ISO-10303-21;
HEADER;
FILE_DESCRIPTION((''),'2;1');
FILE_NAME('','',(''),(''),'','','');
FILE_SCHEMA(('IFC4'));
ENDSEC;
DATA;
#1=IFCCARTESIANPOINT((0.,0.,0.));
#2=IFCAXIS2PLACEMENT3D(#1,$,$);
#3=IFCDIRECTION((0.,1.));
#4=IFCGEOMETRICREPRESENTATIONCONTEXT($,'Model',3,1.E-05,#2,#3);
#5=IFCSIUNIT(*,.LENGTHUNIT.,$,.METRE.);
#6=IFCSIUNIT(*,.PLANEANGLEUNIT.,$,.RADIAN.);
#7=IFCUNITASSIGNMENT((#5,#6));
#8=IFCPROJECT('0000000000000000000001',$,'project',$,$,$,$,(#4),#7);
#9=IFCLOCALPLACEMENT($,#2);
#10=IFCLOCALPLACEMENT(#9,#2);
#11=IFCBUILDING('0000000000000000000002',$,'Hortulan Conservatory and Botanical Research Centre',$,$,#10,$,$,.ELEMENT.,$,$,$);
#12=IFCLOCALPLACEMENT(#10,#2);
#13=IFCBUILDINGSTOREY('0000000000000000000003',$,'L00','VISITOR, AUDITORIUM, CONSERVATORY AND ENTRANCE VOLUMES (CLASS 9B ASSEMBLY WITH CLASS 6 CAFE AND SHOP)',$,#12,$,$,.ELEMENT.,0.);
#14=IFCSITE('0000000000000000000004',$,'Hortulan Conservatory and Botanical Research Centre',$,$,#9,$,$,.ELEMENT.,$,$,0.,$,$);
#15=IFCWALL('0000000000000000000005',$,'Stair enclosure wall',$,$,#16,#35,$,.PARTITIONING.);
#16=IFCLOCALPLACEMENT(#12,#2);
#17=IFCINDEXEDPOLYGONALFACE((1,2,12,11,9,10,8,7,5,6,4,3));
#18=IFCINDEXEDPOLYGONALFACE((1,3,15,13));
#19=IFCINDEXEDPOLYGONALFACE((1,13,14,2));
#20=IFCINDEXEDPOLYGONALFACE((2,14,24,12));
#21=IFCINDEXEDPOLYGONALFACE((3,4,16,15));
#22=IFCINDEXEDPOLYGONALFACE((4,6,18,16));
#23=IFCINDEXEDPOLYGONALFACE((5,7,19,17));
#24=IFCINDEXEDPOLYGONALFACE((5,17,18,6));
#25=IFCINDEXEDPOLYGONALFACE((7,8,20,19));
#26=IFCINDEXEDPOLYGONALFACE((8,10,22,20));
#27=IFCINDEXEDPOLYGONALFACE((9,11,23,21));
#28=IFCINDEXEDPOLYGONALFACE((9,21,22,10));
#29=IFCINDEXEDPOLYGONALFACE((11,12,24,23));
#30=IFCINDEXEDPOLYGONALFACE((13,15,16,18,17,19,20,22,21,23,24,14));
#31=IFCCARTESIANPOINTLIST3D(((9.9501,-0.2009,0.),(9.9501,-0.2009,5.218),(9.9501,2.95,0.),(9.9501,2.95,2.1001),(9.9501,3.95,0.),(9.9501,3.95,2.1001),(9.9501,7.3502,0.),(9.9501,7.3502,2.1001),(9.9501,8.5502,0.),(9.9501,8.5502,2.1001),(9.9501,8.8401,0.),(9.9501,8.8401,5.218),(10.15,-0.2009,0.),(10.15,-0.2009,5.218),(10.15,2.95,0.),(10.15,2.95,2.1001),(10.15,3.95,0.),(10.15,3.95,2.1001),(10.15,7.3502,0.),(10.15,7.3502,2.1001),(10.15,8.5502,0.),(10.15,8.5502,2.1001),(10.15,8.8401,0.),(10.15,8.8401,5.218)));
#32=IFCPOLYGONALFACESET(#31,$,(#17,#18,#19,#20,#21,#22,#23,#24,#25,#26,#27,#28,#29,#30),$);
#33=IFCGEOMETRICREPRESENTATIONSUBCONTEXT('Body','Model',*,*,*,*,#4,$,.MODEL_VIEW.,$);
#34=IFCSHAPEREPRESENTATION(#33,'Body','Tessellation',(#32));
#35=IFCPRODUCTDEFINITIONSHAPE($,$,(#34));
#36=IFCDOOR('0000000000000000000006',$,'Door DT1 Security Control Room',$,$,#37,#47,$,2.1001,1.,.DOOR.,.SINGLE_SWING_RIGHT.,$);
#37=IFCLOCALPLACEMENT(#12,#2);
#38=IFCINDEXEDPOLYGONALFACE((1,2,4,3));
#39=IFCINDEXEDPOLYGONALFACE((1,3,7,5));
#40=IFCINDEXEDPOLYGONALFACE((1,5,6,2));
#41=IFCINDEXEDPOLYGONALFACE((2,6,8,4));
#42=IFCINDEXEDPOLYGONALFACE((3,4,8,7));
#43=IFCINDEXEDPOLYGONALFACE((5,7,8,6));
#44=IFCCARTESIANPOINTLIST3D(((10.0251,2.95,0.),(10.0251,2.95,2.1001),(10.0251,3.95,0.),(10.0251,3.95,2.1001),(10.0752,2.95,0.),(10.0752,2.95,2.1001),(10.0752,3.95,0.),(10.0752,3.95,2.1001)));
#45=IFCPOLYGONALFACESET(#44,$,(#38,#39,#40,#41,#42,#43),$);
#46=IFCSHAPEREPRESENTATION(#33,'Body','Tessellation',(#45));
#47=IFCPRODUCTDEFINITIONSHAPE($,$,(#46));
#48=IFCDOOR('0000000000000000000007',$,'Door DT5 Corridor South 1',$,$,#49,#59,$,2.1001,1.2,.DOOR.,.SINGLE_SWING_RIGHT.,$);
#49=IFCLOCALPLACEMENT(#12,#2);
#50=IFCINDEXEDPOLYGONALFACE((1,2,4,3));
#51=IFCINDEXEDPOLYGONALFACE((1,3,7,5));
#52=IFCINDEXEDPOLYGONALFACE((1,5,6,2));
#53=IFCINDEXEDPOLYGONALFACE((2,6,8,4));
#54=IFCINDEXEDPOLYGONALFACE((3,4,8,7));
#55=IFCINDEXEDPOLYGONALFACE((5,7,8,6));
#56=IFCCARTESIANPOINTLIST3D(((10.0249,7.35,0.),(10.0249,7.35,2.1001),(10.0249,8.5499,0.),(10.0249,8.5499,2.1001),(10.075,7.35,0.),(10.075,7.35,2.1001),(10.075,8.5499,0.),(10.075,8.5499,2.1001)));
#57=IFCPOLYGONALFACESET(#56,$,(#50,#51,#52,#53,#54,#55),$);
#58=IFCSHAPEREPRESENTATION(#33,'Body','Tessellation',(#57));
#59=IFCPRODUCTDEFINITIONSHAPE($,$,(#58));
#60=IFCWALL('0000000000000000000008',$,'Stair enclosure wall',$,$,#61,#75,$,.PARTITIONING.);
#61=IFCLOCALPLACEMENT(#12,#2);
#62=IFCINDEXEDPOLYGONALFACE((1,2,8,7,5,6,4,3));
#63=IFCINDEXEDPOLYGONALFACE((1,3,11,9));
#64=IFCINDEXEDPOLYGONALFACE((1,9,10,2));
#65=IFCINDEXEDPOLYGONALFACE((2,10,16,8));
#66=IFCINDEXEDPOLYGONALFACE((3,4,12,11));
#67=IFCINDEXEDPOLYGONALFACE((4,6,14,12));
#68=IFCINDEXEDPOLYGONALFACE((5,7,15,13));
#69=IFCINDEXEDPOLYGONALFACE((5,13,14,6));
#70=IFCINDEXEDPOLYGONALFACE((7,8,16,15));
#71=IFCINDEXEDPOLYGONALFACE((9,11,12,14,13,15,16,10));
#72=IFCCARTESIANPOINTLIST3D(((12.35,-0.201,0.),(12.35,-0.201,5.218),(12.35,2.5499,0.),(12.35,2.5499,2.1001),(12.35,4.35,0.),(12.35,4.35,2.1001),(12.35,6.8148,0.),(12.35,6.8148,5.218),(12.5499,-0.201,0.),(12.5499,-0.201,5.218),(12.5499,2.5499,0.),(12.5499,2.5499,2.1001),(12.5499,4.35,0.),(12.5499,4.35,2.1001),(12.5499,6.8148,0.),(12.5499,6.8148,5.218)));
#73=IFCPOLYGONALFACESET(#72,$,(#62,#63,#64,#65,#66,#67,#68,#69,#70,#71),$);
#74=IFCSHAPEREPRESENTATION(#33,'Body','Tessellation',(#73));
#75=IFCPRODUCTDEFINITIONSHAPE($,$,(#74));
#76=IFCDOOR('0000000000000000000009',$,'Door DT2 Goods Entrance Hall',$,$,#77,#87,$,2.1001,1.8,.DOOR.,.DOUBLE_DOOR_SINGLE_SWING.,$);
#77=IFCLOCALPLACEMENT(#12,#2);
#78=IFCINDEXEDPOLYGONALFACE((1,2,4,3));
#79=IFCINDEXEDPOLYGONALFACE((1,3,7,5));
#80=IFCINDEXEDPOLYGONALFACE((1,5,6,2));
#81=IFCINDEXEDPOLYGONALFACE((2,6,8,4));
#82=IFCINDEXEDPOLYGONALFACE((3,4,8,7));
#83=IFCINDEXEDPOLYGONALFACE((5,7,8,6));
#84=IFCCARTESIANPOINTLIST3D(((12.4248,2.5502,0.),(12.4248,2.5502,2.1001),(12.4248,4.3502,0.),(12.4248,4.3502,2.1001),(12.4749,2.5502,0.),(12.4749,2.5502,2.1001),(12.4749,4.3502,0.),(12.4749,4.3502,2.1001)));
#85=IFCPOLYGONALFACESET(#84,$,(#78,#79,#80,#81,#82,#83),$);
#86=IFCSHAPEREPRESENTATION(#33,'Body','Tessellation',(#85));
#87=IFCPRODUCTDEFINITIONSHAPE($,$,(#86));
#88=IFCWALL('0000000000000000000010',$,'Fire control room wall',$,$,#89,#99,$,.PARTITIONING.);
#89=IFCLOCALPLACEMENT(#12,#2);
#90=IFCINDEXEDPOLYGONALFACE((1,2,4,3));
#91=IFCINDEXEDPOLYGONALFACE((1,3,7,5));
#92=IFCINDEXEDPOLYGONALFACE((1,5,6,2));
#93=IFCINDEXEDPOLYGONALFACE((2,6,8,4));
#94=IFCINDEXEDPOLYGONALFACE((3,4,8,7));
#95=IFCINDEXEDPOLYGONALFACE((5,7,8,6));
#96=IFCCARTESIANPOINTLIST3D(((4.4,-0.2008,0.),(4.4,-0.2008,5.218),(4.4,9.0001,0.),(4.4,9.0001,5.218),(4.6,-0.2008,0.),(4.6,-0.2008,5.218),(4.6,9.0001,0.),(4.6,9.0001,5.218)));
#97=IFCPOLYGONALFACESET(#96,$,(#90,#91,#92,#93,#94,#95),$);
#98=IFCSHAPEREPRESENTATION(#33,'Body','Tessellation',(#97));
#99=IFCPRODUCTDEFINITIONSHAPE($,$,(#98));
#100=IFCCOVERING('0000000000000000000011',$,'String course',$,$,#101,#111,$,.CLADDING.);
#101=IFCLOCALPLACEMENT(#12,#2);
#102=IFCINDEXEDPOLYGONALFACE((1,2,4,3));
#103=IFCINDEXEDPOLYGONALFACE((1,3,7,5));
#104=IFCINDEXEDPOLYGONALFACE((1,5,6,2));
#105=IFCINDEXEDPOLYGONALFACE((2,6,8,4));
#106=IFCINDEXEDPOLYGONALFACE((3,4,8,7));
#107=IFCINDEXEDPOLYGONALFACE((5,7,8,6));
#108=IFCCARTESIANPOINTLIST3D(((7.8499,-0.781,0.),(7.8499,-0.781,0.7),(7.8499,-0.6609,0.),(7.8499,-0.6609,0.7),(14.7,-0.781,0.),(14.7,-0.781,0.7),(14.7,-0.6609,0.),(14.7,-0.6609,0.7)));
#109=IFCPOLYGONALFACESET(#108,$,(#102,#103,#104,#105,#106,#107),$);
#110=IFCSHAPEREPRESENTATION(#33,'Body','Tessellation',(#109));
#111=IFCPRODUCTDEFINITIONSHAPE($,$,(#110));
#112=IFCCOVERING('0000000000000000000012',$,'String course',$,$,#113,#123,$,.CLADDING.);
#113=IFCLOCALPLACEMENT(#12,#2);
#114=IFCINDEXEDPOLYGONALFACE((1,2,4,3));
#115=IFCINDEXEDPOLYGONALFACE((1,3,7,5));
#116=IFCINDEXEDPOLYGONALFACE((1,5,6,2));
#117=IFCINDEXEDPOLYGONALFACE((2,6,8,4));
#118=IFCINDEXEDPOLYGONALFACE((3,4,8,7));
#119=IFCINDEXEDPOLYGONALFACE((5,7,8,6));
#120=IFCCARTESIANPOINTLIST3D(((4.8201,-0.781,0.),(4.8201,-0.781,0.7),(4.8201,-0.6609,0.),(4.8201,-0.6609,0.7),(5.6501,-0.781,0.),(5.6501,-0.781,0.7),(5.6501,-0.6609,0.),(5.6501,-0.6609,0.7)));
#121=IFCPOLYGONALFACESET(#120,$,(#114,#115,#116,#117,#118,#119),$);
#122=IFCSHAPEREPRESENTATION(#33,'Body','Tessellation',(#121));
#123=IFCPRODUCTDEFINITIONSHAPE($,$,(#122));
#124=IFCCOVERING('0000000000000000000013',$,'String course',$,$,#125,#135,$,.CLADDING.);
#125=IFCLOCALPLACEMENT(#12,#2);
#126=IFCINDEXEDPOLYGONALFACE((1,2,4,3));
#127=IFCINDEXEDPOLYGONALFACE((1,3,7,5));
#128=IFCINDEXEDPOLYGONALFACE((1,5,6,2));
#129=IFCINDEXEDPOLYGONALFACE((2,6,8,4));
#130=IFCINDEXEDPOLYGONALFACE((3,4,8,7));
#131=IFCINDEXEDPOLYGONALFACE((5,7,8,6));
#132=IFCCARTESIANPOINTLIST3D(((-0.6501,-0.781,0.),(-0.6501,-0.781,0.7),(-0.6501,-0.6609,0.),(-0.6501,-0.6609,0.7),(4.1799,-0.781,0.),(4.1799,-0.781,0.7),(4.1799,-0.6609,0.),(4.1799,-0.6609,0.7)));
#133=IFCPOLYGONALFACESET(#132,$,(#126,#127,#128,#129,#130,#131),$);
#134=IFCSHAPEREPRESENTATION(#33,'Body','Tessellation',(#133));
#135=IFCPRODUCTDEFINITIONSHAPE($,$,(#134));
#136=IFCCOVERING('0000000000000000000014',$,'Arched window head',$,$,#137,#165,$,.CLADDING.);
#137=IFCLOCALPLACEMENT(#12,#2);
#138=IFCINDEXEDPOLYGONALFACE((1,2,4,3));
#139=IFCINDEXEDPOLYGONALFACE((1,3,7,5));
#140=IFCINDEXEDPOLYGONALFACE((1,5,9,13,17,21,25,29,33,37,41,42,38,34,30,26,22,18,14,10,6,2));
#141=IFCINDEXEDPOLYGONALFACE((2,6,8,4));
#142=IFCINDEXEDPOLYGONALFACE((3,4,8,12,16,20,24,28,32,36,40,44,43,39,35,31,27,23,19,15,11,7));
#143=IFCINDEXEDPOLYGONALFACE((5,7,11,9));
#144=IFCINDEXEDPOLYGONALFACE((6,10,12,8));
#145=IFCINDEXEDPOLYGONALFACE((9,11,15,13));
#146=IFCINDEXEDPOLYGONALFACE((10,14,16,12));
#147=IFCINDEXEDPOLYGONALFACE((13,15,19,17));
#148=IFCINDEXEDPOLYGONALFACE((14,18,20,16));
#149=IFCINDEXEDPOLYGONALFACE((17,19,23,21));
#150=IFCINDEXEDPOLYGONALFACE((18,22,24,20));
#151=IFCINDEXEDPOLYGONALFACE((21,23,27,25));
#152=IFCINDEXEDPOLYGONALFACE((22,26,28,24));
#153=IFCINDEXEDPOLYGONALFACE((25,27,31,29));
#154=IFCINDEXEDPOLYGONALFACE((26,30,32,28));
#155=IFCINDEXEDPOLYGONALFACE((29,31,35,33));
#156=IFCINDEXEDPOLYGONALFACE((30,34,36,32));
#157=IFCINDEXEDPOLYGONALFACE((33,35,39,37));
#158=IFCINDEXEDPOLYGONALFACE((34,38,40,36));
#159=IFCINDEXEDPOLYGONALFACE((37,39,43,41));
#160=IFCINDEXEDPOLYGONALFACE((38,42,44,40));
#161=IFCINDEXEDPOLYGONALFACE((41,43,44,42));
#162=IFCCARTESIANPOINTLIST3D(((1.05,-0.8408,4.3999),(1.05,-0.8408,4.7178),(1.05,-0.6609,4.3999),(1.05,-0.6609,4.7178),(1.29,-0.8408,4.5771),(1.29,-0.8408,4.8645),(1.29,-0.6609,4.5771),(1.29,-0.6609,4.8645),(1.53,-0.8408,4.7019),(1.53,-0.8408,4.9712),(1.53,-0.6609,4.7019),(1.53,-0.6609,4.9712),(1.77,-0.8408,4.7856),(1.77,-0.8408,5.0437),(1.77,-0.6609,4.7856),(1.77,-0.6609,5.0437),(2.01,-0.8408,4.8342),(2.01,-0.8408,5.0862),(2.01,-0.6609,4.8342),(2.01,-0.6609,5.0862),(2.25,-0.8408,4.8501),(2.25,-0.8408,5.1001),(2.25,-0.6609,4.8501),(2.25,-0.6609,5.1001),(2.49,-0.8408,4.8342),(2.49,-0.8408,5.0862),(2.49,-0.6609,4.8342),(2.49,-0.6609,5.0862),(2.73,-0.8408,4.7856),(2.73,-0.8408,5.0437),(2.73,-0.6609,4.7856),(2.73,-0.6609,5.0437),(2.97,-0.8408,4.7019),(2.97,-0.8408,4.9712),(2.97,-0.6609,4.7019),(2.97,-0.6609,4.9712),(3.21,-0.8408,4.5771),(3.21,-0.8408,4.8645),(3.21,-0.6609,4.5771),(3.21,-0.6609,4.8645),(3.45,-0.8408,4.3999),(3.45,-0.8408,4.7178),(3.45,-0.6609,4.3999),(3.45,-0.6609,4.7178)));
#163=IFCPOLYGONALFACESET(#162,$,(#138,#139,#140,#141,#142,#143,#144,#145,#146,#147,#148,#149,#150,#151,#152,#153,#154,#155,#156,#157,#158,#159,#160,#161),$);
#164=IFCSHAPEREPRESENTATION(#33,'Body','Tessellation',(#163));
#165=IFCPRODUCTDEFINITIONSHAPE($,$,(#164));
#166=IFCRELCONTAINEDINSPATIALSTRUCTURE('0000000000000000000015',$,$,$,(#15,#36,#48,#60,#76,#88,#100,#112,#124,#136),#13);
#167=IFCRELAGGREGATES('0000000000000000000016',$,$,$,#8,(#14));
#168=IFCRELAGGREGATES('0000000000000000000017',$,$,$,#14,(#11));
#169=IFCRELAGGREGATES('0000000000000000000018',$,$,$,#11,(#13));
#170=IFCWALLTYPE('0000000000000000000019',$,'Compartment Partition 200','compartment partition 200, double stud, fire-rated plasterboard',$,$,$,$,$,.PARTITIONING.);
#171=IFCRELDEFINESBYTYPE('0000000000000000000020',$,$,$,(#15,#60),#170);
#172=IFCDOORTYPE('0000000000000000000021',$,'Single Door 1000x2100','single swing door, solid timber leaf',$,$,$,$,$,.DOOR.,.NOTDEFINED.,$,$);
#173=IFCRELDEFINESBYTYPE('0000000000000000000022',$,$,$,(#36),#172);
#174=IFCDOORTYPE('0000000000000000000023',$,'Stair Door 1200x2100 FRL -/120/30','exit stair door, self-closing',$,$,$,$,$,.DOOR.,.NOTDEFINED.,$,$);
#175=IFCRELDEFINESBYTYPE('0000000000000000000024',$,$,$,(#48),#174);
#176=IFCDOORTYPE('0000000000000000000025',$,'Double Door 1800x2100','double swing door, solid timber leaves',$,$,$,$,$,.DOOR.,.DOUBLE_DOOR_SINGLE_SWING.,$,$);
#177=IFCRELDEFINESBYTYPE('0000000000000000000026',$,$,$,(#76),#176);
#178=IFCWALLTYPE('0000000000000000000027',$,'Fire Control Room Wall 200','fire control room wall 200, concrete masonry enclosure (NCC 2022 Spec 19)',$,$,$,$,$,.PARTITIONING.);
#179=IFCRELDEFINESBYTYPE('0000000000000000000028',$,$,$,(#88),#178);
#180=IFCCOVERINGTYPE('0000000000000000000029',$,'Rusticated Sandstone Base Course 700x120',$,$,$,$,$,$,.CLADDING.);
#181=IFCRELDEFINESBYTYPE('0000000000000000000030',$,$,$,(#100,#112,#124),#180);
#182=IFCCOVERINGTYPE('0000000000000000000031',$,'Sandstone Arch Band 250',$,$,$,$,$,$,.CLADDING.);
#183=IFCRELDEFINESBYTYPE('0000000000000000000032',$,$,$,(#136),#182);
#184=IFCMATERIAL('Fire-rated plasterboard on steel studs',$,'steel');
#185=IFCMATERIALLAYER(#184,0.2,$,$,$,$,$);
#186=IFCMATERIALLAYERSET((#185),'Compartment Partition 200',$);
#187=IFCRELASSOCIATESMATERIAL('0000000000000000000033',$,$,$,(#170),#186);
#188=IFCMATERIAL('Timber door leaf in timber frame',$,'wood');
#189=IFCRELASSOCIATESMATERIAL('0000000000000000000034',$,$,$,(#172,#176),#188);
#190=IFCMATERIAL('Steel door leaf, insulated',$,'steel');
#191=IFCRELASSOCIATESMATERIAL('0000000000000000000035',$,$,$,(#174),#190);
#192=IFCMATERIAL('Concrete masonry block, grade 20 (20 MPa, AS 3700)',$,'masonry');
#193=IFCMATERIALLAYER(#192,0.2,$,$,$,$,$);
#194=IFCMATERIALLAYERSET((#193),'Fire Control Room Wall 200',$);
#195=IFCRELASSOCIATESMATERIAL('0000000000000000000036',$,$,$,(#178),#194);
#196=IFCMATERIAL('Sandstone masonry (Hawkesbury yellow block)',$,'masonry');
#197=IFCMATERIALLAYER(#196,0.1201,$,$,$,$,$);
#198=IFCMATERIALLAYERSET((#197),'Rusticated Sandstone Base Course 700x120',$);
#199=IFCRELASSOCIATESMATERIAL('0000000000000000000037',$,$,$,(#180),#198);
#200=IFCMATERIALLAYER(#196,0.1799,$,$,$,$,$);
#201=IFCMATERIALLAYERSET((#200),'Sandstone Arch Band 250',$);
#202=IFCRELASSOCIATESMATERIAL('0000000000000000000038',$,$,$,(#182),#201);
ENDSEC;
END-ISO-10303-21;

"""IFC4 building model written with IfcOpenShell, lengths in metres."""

from ifc_helpers import new_model, si_unit, direction, frame, frame_2d, origin, origin_2d, place, context, subcontext, project, spatial, polyline, rectangle, outline, extrude, material, layer, layer_set, type_object, element, fill, save


model = new_model("IFC4")

# Units and contexts
model_context = context("Model", 3, precision=1e-05, world=origin(), true_north=direction((0.0, 1.0)))
body_context = subcontext(model_context, "Body", "Model", "MODEL_VIEW")
ifc_project = project(units=[si_unit("LENGTHUNIT", "METRE"), si_unit("PLANEANGLEUNIT", "RADIAN")], contexts=[model_context])

# Site, building, storey
site_placement = place(None, origin())
site = spatial("IfcSite", under=ifc_project, at=site_placement, Name="Hortulan Conservatory and Botanical Research Centre", CompositionType="ELEMENT", RefElevation=0.0)
building_placement = place(site_placement, origin())
building = spatial("IfcBuilding", under=site, at=building_placement, Name="Hortulan Conservatory and Botanical Research Centre", CompositionType="ELEMENT")
storey_placement = place(building_placement, origin())
storey = spatial("IfcBuildingStorey", under=building, at=storey_placement, Name="L00", Description="VISITOR, AUDITORIUM, CONSERVATORY AND ENTRANCE VOLUMES (CLASS 9B ASSEMBLY WITH CLASS 6 CAFE AND SHOP)", CompositionType="ELEMENT", Elevation=0.0)

# Wall, openings, doors
ifc_material_1 = material(Name="Fire-rated plasterboard on steel studs", Category="steel")
ifc_layer_1 = layer(ifc_material_1, 0.2)
ifc_layer_set_1 = layer_set([ifc_layer_1], Name="Compartment Partition 200")
wall_type_1 = type_object("IfcWallType", Name="Compartment Partition 200", Description="compartment partition 200, double stud, fire-rated plasterboard", PredefinedType="PARTITIONING", material=ifc_layer_set_1)
wall_1_placement = place(storey_placement, frame((10.05, -0.2009, 0.0), z_axis=(0.0, 0.0, 1.0), x_axis=(0.0, 1.0, 0.0)))
wall_1 = element("IfcWall", 1, at=wall_1_placement, inside=storey, type_object=wall_type_1, Name="Stair enclosure wall", PredefinedType="PARTITIONING", context=body_context, shape_type="SweptSolid", body=[
    extrude(rectangle(XDim=9.041, YDim=0.2, at=frame_2d((4.5205, 0.0))), origin(), (0.0, 0.0, 1.0), 5.218),
])
opening_1_placement = place(wall_1_placement, frame((7.551, 0.0, 0.0)))
opening_1 = element("IfcOpeningElement", 2, at=opening_1_placement, cuts=wall_1, PredefinedType="OPENING", context=body_context, shape_type="SweptSolid", body=[
    extrude(rectangle(XDim=1.2, YDim=2.1001, at=frame_2d((0.6001, 1.05))), frame((0.0, 0.1099, 0.0), z_axis=(0.0, -1.0, 0.0), x_axis=(1.0, 0.0, 0.0)), (0.0, 0.0, 1.0), 0.22),
])
opening_2_placement = place(wall_1_placement, frame((3.1509, 0.0, 0.0)))
opening_2 = element("IfcOpeningElement", 3, at=opening_2_placement, cuts=wall_1, PredefinedType="OPENING", context=body_context, shape_type="SweptSolid", body=[
    extrude(rectangle(XDim=1.0, YDim=2.1001, at=frame_2d((0.5, 1.05))), frame((0.0, 0.1099, 0.0), z_axis=(0.0, -1.0, 0.0), x_axis=(1.0, 0.0, 0.0)), (0.0, 0.0, 1.0), 0.22),
])
ifc_material_2 = material(Name="Timber door leaf in timber frame", Category="wood")
door_type_1 = type_object("IfcDoorType", Name="Single Door 1000x2100", Description="single swing door, solid timber leaf", OperationType="NOTDEFINED", PredefinedType="DOOR", material=ifc_material_2)
door_1_placement = place(opening_2_placement, origin())
door_1 = element("IfcDoor", 4, at=door_1_placement, inside=storey, type_object=door_type_1, Name="Door DT1 Security Control Room", OperationType="SINGLE_SWING_RIGHT", OverallHeight=2.1001, OverallWidth=1.0, PredefinedType="DOOR", context=body_context, shape_type="SweptSolid", body=[
    extrude(rectangle(XDim=1.0, YDim=2.1001, at=frame_2d((0.5, 1.05))), frame((0.0, 0.0249, 0.0), z_axis=(0.0, -1.0, 0.0), x_axis=(1.0, 0.0, 0.0)), (0.0, 0.0, 1.0), 0.05),
])
fill(opening_2, door_1)
ifc_material_3 = material(Name="Steel door leaf, insulated", Category="steel")
door_type_2 = type_object("IfcDoorType", Name="Stair Door 1200x2100 FRL -/120/30", Description="exit stair door, self-closing", OperationType="NOTDEFINED", PredefinedType="DOOR", material=ifc_material_3)
door_2_placement = place(opening_1_placement, frame((1.2, 0.0, 0.0), z_axis=(0.0, 0.0, 1.0), x_axis=(-1.0, 0.0, 0.0)))
door_2 = element("IfcDoor", 5, at=door_2_placement, inside=storey, type_object=door_type_2, Name="Door DT5 Corridor South 1", OperationType="SINGLE_SWING_RIGHT", OverallHeight=2.1001, OverallWidth=1.2, PredefinedType="DOOR", context=body_context, shape_type="SweptSolid", body=[
    extrude(rectangle(XDim=1.2, YDim=2.1001, at=frame_2d((0.6001, 1.05))), frame((0.0, 0.0249, 0.0), z_axis=(0.0, -1.0, 0.0), x_axis=(1.0, 0.0, 0.0)), (0.0, 0.0, 1.0), 0.05),
])
fill(opening_1, door_2)

# Wall, opening, door
wall_2_placement = place(storey_placement, frame((12.45, -0.2009, 0.0), z_axis=(0.0, 0.0, 1.0), x_axis=(0.0, 1.0, 0.0)))
wall_2 = element("IfcWall", 6, at=wall_2_placement, inside=storey, type_object=wall_type_1, Name="Stair enclosure wall", PredefinedType="PARTITIONING", context=body_context, shape_type="SweptSolid", body=[
    extrude(rectangle(XDim=7.0159, YDim=0.2, at=frame_2d((3.5078, 0.0))), origin(), (0.0, 0.0, 1.0), 5.218),
])
opening_3_placement = place(wall_2_placement, frame((2.751, 0.0, 0.0)))
opening_3 = element("IfcOpeningElement", 7, at=opening_3_placement, cuts=wall_2, PredefinedType="OPENING", context=body_context, shape_type="SweptSolid", body=[
    extrude(rectangle(XDim=1.8, YDim=2.1001, at=frame_2d((0.8999, 1.05))), frame((0.0, 0.1099, 0.0), z_axis=(0.0, -1.0, 0.0), x_axis=(1.0, 0.0, 0.0)), (0.0, 0.0, 1.0), 0.22),
])
door_type_3 = type_object("IfcDoorType", Name="Double Door 1800x2100", Description="double swing door, solid timber leaves", OperationType="DOUBLE_DOOR_SINGLE_SWING", PredefinedType="DOOR", material=ifc_material_2)
door_3_placement = place(opening_3_placement, frame((1.8, 0.0, 0.0), z_axis=(0.0, 0.0, 1.0), x_axis=(-1.0, 0.0, 0.0)))
door_3 = element("IfcDoor", 8, at=door_3_placement, inside=storey, type_object=door_type_3, Name="Door DT2 Goods Entrance Hall", OperationType="DOUBLE_DOOR_SINGLE_SWING", OverallHeight=2.1001, OverallWidth=1.8, PredefinedType="DOOR", context=body_context, shape_type="SweptSolid", body=[
    extrude(rectangle(XDim=1.8, YDim=2.1001, at=frame_2d((0.8999, 1.05))), frame((0.0, 0.0249, 0.0), z_axis=(0.0, -1.0, 0.0), x_axis=(1.0, 0.0, 0.0)), (0.0, 0.0, 1.0), 0.05),
])
fill(opening_3, door_3)

# Wall
ifc_material_4 = material(Name="Concrete masonry block, grade 20 (20 MPa, AS 3700)", Category="masonry")
ifc_layer_2 = layer(ifc_material_4, 0.2)
ifc_layer_set_2 = layer_set([ifc_layer_2], Name="Fire Control Room Wall 200")
wall_type_2 = type_object("IfcWallType", Name="Fire Control Room Wall 200", Description="fire control room wall 200, concrete masonry enclosure (NCC 2022 Spec 19)", PredefinedType="PARTITIONING", material=ifc_layer_set_2)
wall_3_placement = place(storey_placement, frame((4.5, -0.2009, 0.0), z_axis=(0.0, 0.0, 1.0), x_axis=(0.0, 1.0, 0.0)))
element("IfcWall", 9, at=wall_3_placement, inside=storey, type_object=wall_type_2, Name="Fire control room wall", PredefinedType="PARTITIONING", context=body_context, shape_type="SweptSolid", body=[
    extrude(rectangle(XDim=9.2009, YDim=0.2, at=frame_2d((4.6006, 0.0))), origin(), (0.0, 0.0, 1.0), 5.218),
])

# Coverings
ifc_material_5 = material(Name="Sandstone masonry (Hawkesbury yellow block)", Category="masonry")
ifc_layer_3 = layer(ifc_material_5, 0.1201)
ifc_layer_set_3 = layer_set([ifc_layer_3], Name="Rusticated Sandstone Base Course 700x120")
covering_type_1 = type_object("IfcCoveringType", Name="Rusticated Sandstone Base Course 700x120", PredefinedType="CLADDING", material=ifc_layer_set_3)
covering_1_placement = place(storey_placement, frame((11.2749, -0.7209, 0.0), z_axis=(0.0, 0.0, 1.0), x_axis=(-1.0, 0.0, 0.0)))
element("IfcCovering", 10, at=covering_1_placement, inside=storey, type_object=covering_type_1, Name="String course", PredefinedType="CLADDING", context=body_context, shape_type="SweptSolid", body=[
    extrude(rectangle(XDim=6.8501, YDim=0.1201, at=origin_2d()), origin(), (0.0, 0.0, 1.0), 0.7),
])
covering_2_placement = place(storey_placement, frame((5.2351, -0.7209, 0.0), z_axis=(0.0, 0.0, 1.0), x_axis=(-1.0, 0.0, 0.0)))
element("IfcCovering", 11, at=covering_2_placement, inside=storey, type_object=covering_type_1, Name="String course", PredefinedType="CLADDING", context=body_context, shape_type="SweptSolid", body=[
    extrude(rectangle(XDim=0.8301, YDim=0.1201, at=origin_2d()), origin(), (0.0, 0.0, 1.0), 0.7),
])
covering_3_placement = place(storey_placement, frame((1.7649, -0.7209, 0.0), z_axis=(0.0, 0.0, 1.0), x_axis=(-1.0, 0.0, 0.0)))
element("IfcCovering", 12, at=covering_3_placement, inside=storey, type_object=covering_type_1, Name="String course", PredefinedType="CLADDING", context=body_context, shape_type="SweptSolid", body=[
    extrude(rectangle(XDim=4.8301, YDim=0.1201, at=origin_2d()), origin(), (0.0, 0.0, 1.0), 0.7),
])
ifc_layer_4 = layer(ifc_material_5, 0.1799)
ifc_layer_set_4 = layer_set([ifc_layer_4], Name="Sandstone Arch Band 250")
covering_type_2 = type_object("IfcCoveringType", Name="Sandstone Arch Band 250", PredefinedType="CLADDING", material=ifc_layer_set_4)
for number, where, z_axis, x_axis, name in (
    (13, (3.45, -0.751, 4.3999), (0.0, 0.0, 1.0), (-1.0, 0.0, 0.0), "Arched window head"),
):
    element("IfcCovering", number, at=place(storey_placement, frame(where, z_axis=z_axis, x_axis=x_axis)), inside=storey, type_object=covering_type_2, Name=name, PredefinedType="CLADDING", context=body_context, shape_type="SweptSolid", body=[
        extrude(outline(polyline([(0.0, 0.0), (0.24, 0.1772), (0.48, 0.302), (0.72, 0.3857), (0.96, 0.4343), (1.2, 0.4502), (1.4399, 0.4343), (1.6799, 0.3857), (1.9199, 0.302), (2.1599, 0.1772), (2.3999, 0.0), (2.3999, 0.3179), (2.1599, 0.4646), (1.9199, 0.5713), (1.6799, 0.6438), (1.4399, 0.6863), (1.2, 0.7002), (0.96, 0.6863), (0.72, 0.6438), (0.48, 0.5713), (0.24, 0.4646), (0.0, 0.3179), (0.0, 0.0)])), frame((0.0, 0.0898, 0.0), z_axis=(0.0, -1.0, 0.0), x_axis=(1.0, 0.0, 0.0)), (0.0, 0.0, 1.0), 0.1799),
    ])

save(model, "model.ifc")
